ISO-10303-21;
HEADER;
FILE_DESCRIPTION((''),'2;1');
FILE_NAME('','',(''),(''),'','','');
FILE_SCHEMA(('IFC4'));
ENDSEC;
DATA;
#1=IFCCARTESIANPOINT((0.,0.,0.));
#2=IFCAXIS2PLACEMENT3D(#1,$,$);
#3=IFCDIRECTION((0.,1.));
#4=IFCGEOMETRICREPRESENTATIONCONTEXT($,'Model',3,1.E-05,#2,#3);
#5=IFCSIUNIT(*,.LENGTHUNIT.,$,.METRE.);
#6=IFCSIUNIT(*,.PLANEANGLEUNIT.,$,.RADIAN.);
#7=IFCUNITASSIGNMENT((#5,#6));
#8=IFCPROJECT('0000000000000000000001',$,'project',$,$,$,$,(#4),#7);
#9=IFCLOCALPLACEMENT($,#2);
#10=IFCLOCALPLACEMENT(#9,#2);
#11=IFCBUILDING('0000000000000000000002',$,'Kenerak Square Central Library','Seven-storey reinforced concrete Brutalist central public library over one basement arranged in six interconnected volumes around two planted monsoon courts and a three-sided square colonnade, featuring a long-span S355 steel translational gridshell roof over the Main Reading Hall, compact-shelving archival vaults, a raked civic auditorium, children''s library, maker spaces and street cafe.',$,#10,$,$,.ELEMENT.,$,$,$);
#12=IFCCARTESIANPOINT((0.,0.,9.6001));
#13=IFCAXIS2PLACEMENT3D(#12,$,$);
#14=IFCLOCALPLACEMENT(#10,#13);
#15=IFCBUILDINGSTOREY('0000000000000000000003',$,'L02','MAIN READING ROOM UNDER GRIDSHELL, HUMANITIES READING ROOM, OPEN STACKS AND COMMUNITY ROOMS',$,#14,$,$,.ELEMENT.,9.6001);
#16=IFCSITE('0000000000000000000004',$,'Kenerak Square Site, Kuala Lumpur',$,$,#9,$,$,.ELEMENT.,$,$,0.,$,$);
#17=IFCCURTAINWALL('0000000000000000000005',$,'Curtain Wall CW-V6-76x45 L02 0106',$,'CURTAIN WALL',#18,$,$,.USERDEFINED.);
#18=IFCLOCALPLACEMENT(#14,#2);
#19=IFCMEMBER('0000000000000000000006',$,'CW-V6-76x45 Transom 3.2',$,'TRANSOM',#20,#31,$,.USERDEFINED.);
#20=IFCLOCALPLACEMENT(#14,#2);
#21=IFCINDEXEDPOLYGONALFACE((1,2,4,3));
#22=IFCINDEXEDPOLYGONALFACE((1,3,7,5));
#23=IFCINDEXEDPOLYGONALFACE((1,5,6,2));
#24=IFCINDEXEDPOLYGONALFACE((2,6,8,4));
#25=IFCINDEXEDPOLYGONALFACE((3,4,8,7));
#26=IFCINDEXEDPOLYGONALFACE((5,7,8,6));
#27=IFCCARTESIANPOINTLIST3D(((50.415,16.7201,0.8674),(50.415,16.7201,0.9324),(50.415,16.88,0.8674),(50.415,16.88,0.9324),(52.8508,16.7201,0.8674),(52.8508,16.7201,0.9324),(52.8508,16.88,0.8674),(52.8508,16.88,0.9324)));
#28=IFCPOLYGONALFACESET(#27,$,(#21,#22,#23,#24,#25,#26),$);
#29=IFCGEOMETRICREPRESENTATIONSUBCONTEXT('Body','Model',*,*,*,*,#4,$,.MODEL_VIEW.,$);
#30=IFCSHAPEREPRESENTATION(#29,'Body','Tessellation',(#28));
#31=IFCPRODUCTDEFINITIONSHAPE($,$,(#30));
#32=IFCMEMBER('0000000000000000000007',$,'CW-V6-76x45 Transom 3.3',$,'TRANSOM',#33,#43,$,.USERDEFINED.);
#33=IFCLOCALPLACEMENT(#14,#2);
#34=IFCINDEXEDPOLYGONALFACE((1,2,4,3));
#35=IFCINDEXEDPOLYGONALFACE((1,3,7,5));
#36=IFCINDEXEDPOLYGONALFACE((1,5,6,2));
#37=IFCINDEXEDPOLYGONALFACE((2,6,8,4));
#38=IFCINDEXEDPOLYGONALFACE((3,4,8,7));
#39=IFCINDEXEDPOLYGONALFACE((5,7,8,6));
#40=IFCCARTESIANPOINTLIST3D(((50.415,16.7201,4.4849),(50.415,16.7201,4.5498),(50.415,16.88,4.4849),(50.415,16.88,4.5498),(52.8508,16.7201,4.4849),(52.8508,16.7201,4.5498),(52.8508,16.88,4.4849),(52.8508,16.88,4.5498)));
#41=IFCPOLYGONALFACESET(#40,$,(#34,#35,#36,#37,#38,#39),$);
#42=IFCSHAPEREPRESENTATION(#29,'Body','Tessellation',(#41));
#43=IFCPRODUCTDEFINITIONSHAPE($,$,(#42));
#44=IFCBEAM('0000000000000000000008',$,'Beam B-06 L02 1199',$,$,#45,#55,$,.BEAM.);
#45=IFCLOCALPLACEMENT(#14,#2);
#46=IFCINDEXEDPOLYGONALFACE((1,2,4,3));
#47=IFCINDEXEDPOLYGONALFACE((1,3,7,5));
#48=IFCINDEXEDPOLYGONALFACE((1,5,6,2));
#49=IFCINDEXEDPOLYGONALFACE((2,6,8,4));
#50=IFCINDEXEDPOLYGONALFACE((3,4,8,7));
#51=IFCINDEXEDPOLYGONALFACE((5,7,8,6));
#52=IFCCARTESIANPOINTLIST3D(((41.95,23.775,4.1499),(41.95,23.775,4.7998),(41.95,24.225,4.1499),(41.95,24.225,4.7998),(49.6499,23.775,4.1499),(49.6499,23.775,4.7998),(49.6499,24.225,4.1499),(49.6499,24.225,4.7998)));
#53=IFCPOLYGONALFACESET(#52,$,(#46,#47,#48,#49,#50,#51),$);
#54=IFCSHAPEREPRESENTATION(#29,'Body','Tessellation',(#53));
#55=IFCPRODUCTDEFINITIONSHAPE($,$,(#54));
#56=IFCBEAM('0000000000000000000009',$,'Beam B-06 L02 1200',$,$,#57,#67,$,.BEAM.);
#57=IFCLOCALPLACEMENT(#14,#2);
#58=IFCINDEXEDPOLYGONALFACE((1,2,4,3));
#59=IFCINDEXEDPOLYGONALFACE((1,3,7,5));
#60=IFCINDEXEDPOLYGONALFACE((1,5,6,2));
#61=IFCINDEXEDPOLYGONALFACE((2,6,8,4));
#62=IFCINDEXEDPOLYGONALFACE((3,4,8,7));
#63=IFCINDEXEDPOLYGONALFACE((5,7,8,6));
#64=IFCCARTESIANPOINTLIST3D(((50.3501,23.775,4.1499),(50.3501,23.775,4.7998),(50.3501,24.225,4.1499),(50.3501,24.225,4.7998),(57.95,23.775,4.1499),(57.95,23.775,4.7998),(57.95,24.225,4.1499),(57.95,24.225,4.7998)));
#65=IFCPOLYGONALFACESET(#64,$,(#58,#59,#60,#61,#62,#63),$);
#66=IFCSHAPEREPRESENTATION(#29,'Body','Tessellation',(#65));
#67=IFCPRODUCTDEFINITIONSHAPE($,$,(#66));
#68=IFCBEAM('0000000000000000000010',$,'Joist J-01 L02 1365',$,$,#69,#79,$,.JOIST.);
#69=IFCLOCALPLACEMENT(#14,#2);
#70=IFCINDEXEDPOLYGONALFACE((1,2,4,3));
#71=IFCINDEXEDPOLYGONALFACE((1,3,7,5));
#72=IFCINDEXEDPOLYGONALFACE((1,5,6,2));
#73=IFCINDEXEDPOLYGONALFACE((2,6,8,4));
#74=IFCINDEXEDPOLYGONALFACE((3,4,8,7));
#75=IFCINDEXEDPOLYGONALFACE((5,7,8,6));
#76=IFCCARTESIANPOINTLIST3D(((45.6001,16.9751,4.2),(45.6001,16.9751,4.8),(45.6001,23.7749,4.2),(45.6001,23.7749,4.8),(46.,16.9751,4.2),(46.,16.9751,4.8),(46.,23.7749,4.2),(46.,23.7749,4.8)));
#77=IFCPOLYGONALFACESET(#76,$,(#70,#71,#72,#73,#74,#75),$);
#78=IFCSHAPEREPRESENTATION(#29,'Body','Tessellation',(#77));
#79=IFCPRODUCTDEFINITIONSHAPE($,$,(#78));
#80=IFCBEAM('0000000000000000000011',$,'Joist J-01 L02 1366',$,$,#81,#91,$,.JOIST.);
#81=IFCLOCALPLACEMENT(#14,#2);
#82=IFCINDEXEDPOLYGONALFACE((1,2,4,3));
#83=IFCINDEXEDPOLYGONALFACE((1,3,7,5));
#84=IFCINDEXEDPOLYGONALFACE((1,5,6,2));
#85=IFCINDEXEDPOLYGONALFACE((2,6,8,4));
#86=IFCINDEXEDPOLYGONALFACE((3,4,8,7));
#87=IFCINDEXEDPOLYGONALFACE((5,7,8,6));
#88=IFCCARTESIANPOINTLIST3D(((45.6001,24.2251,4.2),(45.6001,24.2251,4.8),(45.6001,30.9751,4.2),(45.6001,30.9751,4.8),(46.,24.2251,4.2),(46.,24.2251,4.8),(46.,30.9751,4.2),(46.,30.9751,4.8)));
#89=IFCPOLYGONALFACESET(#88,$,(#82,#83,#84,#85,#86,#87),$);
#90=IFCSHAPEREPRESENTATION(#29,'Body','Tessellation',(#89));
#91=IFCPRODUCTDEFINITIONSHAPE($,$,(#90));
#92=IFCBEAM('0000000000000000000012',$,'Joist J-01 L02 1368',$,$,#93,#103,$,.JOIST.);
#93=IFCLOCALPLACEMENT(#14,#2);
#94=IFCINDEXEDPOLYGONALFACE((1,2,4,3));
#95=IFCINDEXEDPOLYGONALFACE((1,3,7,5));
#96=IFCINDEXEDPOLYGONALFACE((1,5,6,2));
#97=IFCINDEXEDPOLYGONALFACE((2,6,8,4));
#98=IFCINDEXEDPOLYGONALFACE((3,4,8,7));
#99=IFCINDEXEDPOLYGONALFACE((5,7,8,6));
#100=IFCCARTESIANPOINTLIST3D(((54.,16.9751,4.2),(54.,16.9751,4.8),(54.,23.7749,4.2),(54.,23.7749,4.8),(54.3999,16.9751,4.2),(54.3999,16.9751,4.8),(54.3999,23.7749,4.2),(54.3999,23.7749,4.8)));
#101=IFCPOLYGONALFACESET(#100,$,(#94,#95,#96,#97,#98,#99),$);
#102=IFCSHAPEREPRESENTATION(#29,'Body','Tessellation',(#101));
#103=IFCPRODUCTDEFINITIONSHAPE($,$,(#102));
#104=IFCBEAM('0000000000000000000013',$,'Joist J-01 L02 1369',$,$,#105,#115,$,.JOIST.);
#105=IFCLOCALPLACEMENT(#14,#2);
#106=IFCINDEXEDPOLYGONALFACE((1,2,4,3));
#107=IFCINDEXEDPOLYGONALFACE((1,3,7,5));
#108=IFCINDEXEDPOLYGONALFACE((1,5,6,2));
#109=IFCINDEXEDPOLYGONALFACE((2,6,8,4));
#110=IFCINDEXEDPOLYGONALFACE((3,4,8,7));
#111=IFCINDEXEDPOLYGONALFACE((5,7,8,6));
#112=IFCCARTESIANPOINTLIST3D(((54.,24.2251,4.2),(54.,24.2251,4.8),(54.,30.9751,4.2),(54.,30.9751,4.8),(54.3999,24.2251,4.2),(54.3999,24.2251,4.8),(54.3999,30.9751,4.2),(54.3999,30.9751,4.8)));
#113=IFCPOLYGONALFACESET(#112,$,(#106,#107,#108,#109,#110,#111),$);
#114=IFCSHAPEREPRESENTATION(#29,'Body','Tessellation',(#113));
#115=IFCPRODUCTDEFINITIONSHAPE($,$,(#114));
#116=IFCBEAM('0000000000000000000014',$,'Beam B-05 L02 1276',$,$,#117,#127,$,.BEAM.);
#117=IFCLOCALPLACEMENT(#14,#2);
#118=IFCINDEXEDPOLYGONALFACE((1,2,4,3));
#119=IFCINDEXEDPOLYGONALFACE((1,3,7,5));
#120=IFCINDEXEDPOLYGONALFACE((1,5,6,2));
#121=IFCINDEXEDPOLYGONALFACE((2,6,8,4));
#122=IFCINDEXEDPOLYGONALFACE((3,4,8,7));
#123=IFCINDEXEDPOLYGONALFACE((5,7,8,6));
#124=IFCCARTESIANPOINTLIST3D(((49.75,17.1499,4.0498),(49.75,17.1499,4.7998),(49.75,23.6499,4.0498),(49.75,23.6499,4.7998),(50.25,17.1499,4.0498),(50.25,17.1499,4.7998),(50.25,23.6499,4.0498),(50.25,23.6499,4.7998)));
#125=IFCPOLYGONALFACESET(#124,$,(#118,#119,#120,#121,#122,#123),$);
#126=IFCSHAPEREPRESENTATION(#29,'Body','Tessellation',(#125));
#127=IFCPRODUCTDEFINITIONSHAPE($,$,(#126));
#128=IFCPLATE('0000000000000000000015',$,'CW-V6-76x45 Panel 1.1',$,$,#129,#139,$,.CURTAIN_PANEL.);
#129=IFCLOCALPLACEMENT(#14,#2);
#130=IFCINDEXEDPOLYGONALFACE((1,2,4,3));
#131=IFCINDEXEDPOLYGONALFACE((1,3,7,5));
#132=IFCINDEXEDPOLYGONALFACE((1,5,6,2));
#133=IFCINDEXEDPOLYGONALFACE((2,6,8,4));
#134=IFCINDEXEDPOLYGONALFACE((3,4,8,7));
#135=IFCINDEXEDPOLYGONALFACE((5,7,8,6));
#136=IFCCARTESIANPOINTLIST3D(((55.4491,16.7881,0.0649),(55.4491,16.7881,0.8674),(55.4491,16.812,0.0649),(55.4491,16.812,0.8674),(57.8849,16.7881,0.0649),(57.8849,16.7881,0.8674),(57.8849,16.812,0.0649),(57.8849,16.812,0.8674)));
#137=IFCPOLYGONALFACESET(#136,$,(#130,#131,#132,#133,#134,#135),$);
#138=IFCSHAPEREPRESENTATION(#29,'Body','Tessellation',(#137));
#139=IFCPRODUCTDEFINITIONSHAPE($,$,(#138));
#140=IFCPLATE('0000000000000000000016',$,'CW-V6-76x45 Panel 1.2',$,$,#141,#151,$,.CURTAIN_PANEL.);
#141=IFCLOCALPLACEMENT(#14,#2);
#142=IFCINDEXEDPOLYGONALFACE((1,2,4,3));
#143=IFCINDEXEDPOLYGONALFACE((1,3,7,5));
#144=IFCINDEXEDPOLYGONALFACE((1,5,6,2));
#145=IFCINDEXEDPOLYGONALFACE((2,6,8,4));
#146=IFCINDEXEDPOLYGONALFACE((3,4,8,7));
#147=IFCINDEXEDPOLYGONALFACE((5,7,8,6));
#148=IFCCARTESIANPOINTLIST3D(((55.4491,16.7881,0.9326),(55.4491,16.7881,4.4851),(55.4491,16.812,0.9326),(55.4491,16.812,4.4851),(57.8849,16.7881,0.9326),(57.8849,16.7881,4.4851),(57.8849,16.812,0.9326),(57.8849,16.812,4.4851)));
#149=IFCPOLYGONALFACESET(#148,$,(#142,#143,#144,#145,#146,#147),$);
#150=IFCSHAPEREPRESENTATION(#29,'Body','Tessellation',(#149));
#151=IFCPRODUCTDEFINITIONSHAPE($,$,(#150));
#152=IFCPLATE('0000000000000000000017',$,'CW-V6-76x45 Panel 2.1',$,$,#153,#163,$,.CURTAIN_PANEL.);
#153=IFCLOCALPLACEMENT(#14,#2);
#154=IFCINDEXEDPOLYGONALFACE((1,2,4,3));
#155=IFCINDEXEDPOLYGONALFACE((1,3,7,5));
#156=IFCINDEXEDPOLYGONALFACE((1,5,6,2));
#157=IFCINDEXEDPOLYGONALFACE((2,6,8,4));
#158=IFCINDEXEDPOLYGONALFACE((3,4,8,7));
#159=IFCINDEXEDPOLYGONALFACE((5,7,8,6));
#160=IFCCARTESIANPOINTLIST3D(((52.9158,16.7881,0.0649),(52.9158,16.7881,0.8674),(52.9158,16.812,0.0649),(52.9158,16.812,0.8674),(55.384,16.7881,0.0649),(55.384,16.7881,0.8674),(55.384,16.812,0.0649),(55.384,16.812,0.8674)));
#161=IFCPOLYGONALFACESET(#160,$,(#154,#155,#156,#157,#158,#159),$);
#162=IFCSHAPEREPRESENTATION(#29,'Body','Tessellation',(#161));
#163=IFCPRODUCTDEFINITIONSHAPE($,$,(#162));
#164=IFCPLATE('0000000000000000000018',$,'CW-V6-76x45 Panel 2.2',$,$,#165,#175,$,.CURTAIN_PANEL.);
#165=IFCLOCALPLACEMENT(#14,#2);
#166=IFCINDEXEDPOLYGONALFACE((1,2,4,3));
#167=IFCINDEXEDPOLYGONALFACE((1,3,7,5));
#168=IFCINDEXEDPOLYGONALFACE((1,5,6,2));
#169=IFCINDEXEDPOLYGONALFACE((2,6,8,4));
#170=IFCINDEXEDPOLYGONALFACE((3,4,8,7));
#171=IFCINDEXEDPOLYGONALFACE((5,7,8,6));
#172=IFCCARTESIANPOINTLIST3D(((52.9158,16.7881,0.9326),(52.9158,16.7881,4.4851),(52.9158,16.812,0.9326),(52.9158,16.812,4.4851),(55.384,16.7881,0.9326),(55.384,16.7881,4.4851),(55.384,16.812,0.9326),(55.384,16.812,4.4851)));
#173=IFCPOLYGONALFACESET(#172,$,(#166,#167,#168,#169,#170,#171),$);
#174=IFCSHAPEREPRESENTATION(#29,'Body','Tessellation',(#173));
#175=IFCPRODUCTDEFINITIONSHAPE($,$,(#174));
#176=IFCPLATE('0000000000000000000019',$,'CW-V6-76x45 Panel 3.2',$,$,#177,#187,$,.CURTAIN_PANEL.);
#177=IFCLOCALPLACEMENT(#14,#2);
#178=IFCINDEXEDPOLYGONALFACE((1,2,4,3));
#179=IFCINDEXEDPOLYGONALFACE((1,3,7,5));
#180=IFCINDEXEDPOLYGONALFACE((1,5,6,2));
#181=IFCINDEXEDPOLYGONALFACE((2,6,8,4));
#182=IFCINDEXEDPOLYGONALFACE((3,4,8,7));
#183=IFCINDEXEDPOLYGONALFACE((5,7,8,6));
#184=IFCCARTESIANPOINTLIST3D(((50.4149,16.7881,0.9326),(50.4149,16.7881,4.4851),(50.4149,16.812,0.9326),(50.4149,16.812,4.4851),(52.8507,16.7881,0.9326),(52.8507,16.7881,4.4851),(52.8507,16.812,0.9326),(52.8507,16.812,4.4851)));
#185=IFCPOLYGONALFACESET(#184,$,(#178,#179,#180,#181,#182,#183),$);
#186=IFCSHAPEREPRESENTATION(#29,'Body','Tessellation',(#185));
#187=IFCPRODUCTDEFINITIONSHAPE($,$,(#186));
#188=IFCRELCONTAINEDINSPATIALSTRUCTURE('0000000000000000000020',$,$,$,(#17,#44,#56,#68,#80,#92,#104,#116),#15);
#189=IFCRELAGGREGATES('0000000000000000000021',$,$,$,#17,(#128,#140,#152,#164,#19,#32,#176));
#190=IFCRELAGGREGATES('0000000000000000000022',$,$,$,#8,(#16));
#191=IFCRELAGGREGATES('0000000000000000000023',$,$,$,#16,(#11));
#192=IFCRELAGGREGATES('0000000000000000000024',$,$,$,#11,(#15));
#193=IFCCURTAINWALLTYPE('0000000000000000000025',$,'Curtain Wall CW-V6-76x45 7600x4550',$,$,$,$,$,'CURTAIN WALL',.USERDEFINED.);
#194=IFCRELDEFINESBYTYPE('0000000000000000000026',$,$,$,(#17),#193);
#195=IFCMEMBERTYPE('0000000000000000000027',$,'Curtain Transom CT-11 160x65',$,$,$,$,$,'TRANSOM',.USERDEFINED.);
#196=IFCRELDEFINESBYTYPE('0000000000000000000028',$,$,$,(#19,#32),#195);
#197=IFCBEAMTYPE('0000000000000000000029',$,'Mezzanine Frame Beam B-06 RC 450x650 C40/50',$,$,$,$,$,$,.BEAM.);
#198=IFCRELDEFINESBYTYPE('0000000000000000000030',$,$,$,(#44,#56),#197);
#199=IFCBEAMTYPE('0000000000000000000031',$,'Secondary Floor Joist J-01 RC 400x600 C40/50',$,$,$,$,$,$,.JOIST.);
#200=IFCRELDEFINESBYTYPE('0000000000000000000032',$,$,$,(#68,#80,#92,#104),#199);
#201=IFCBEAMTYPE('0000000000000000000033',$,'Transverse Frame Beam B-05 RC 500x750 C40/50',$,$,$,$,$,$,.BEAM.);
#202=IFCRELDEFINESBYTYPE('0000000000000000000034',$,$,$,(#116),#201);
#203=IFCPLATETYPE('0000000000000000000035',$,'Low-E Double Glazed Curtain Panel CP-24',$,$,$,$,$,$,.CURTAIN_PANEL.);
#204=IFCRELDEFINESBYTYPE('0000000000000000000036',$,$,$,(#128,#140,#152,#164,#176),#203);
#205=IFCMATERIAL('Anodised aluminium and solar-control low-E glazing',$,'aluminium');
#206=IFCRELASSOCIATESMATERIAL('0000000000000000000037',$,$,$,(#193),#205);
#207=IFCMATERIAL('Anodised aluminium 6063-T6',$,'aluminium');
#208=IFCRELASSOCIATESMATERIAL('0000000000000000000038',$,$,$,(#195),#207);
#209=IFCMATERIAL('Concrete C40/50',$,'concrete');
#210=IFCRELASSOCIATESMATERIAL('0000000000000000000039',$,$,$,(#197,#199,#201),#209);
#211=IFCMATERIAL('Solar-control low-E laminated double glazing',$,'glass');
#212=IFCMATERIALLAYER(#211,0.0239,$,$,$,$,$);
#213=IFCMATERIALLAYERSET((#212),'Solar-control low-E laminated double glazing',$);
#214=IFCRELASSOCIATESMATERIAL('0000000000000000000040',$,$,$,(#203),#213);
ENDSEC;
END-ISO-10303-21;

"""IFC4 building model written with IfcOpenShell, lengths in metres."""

from ifc_helpers import new_model, si_unit, direction, frame, origin, origin_2d, place, context, subcontext, project, spatial, rectangle, extrude, material, layer, layer_set, material_profile, profile_set, type_object, element, aggregate, save


model = new_model("IFC4")

# Units and contexts
model_context = context("Model", 3, precision=1e-05, world=origin(), true_north=direction((0.0, 1.0)))
body_context = subcontext(model_context, "Body", "Model", "MODEL_VIEW")
ifc_project = project(units=[si_unit("LENGTHUNIT", "METRE"), si_unit("PLANEANGLEUNIT", "RADIAN")], contexts=[model_context])

# Site, building, storey
site_placement = place(None, origin())
site = spatial("IfcSite", under=ifc_project, at=site_placement, Name="Kenerak Square Site, Kuala Lumpur", CompositionType="ELEMENT", RefElevation=0.0)
building_placement = place(site_placement, origin())
building = spatial("IfcBuilding", under=site, at=building_placement, Name="Kenerak Square Central Library", Description="Seven-storey reinforced concrete Brutalist central public library over one basement arranged in six interconnected volumes around two planted monsoon courts and a three-sided square colonnade, featuring a long-span S355 steel translational gridshell roof over the Main Reading Hall, compact-shelving archival vaults, a raked civic auditorium, children's library, maker spaces and street cafe.", CompositionType="ELEMENT")
storey_placement = place(building_placement, frame((0.0, 0.0, 9.6001)))
storey = spatial("IfcBuildingStorey", under=building, at=storey_placement, Name="L02", Description="MAIN READING ROOM UNDER GRIDSHELL, HUMANITIES READING ROOM, OPEN STACKS AND COMMUNITY ROOMS", CompositionType="ELEMENT", Elevation=9.6001)

# Shared definitions
ifc_material_1 = material(Name="Concrete C40/50", Category="concrete")

# Curtain wall, members
ifc_material_2 = material(Name="Anodised aluminium and solar-control low-E glazing", Category="aluminium")
curtain_wall_type = type_object("IfcCurtainWallType", Name="Curtain Wall CW-V6-76x45 7600x4550", ElementType="CURTAIN WALL", PredefinedType="USERDEFINED", material=ifc_material_2)
curtain_wall_placement = place(storey_placement, origin())
curtain_wall = element("IfcCurtainWall", 1, at=curtain_wall_placement, inside=storey, type_object=curtain_wall_type, Name="Curtain Wall CW-V6-76x45 L02 0106", ObjectType="CURTAIN WALL", PredefinedType="USERDEFINED")
ifc_material_3 = material(Name="Anodised aluminium 6063-T6", Category="aluminium")
ifc_material_profile_1 = material_profile(ifc_material_3, rectangle(XDim=0.1599, YDim=0.0649, at=origin_2d()), Name="AL TRANSOM 160x65")
ifc_profile_set_1 = profile_set([ifc_material_profile_1], Name="Anodised aluminium 6063-T6")
member_type_1 = type_object("IfcMemberType", Name="Curtain Transom CT-11 160x65", ElementType="TRANSOM", PredefinedType="USERDEFINED", material=ifc_profile_set_1)
member_1_placement = place(storey_placement, frame((52.8508, 16.8, 0.8999), z_axis=(-1.0, 0.0, 0.0), x_axis=(0.0, -1.0, 0.0)))
member_1 = element("IfcMember", 2, at=member_1_placement, type_object=member_type_1, Name="CW-V6-76x45 Transom 3.2", ObjectType="TRANSOM", PredefinedType="USERDEFINED", context=body_context, shape_type="SweptSolid", body=[
    extrude(rectangle(XDim=0.1599, YDim=0.0649, at=origin_2d()), origin(), (0.0, 0.0, 1.0), 2.4358),
])
member_2_placement = place(storey_placement, frame((52.8508, 16.8, 4.5173), z_axis=(-1.0, 0.0, 0.0), x_axis=(0.0, -1.0, 0.0)))
member_2 = element("IfcMember", 3, at=member_2_placement, type_object=member_type_1, Name="CW-V6-76x45 Transom 3.3", ObjectType="TRANSOM", PredefinedType="USERDEFINED", context=body_context, shape_type="SweptSolid", body=[
    extrude(rectangle(XDim=0.1599, YDim=0.0649, at=origin_2d()), origin(), (0.0, 0.0, 1.0), 2.4358),
])

# Beams
ifc_material_profile_2 = material_profile(ifc_material_1, rectangle(XDim=0.45, YDim=0.6499, at=origin_2d()), Name="RC 450x650")
ifc_profile_set_2 = profile_set([ifc_material_profile_2], Name="Concrete C40/50")
beam_type_1 = type_object("IfcBeamType", Name="Mezzanine Frame Beam B-06 RC 450x650 C40/50", PredefinedType="BEAM", material=ifc_profile_set_2)
beam_1_placement = place(storey_placement, frame((41.95, 24.0, 4.4749), z_axis=(1.0, 0.0, 0.0), x_axis=(0.0, 1.0, 0.0)))
element("IfcBeam", 4, at=beam_1_placement, inside=storey, type_object=beam_type_1, Name="Beam B-06 L02 1199", PredefinedType="BEAM", context=body_context, shape_type="SweptSolid", body=[
    extrude(rectangle(XDim=0.45, YDim=0.6499, at=origin_2d()), origin(), (0.0, 0.0, 1.0), 7.7),
])
beam_2_placement = place(storey_placement, frame((50.3501, 24.0, 4.4749), z_axis=(1.0, 0.0, 0.0), x_axis=(0.0, 1.0, 0.0)))
element("IfcBeam", 5, at=beam_2_placement, inside=storey, type_object=beam_type_1, Name="Beam B-06 L02 1200", PredefinedType="BEAM", context=body_context, shape_type="SweptSolid", body=[
    extrude(rectangle(XDim=0.45, YDim=0.6499, at=origin_2d()), origin(), (0.0, 0.0, 1.0), 7.5999),
])
ifc_material_profile_3 = material_profile(ifc_material_1, rectangle(XDim=0.3999, YDim=0.6001, at=origin_2d()), Name="RC 400x600")
ifc_profile_set_3 = profile_set([ifc_material_profile_3], Name="Concrete C40/50")
beam_type_2 = type_object("IfcBeamType", Name="Secondary Floor Joist J-01 RC 400x600 C40/50", PredefinedType="JOIST", material=ifc_profile_set_3)
beam_3_placement = place(storey_placement, frame((45.8, 16.9751, 4.5), z_axis=(0.0, 1.0, 0.0), x_axis=(-1.0, 0.0, 0.0)))
element("IfcBeam", 6, at=beam_3_placement, inside=storey, type_object=beam_type_2, Name="Joist J-01 L02 1365", PredefinedType="JOIST", context=body_context, shape_type="SweptSolid", body=[
    extrude(rectangle(XDim=0.3999, YDim=0.6001, at=origin_2d()), origin(), (0.0, 0.0, 1.0), 6.7998),
])
beam_4_placement = place(storey_placement, frame((45.8, 24.2251, 4.5), z_axis=(0.0, 1.0, 0.0), x_axis=(-1.0, 0.0, 0.0)))
element("IfcBeam", 7, at=beam_4_placement, inside=storey, type_object=beam_type_2, Name="Joist J-01 L02 1366", PredefinedType="JOIST", context=body_context, shape_type="SweptSolid", body=[
    extrude(rectangle(XDim=0.3999, YDim=0.6001, at=origin_2d()), origin(), (0.0, 0.0, 1.0), 6.75),
])
beam_5_placement = place(storey_placement, frame((54.2, 16.9751, 4.5), z_axis=(0.0, 1.0, 0.0), x_axis=(-1.0, 0.0, 0.0)))
element("IfcBeam", 8, at=beam_5_placement, inside=storey, type_object=beam_type_2, Name="Joist J-01 L02 1368", PredefinedType="JOIST", context=body_context, shape_type="SweptSolid", body=[
    extrude(rectangle(XDim=0.3999, YDim=0.6001, at=origin_2d()), origin(), (0.0, 0.0, 1.0), 6.7998),
])
beam_6_placement = place(storey_placement, frame((54.2, 24.2251, 4.5), z_axis=(0.0, 1.0, 0.0), x_axis=(-1.0, 0.0, 0.0)))
element("IfcBeam", 9, at=beam_6_placement, inside=storey, type_object=beam_type_2, Name="Joist J-01 L02 1369", PredefinedType="JOIST", context=body_context, shape_type="SweptSolid", body=[
    extrude(rectangle(XDim=0.3999, YDim=0.6001, at=origin_2d()), origin(), (0.0, 0.0, 1.0), 6.75),
])
ifc_material_profile_4 = material_profile(ifc_material_1, rectangle(XDim=0.5, YDim=0.75, at=origin_2d()), Name="RC 500x750")
ifc_profile_set_4 = profile_set([ifc_material_profile_4], Name="Concrete C40/50")
beam_type_3 = type_object("IfcBeamType", Name="Transverse Frame Beam B-05 RC 500x750 C40/50", PredefinedType="BEAM", material=ifc_profile_set_4)
beam_7_placement = place(storey_placement, frame((50.0, 17.1499, 4.4248), z_axis=(0.0, 1.0, 0.0), x_axis=(-1.0, 0.0, 0.0)))
element("IfcBeam", 10, at=beam_7_placement, inside=storey, type_object=beam_type_3, Name="Beam B-05 L02 1276", PredefinedType="BEAM", context=body_context, shape_type="SweptSolid", body=[
    extrude(rectangle(XDim=0.5, YDim=0.75, at=origin_2d()), origin(), (0.0, 0.0, 1.0), 6.5),
])

# Plates
ifc_material_4 = material(Name="Solar-control low-E laminated double glazing", Category="glass")
ifc_layer = layer(ifc_material_4, 0.0239)
ifc_layer_set = layer_set([ifc_layer], Name="Solar-control low-E laminated double glazing")
plate_type = type_object("IfcPlateType", Name="Low-E Double Glazed Curtain Panel CP-24", PredefinedType="CURTAIN_PANEL", material=ifc_layer_set)
plate_1_placement = place(storey_placement, frame((56.667, 16.8, 0.0649), z_axis=(0.0, 0.0, 1.0), x_axis=(-1.0, 0.0, 0.0)))
plate_1 = element("IfcPlate", 11, at=plate_1_placement, type_object=plate_type, Name="CW-V6-76x45 Panel 1.1", PredefinedType="CURTAIN_PANEL", context=body_context, shape_type="SweptSolid", body=[
    extrude(rectangle(XDim=2.4358, YDim=0.0239, at=origin_2d()), origin(), (0.0, 0.0, 1.0), 0.8025),
])
plate_2_placement = place(storey_placement, frame((56.667, 16.8, 0.9326), z_axis=(0.0, 0.0, 1.0), x_axis=(-1.0, 0.0, 0.0)))
plate_2 = element("IfcPlate", 12, at=plate_2_placement, type_object=plate_type, Name="CW-V6-76x45 Panel 1.2", PredefinedType="CURTAIN_PANEL", context=body_context, shape_type="SweptSolid", body=[
    extrude(rectangle(XDim=2.4358, YDim=0.0239, at=origin_2d()), origin(), (0.0, 0.0, 1.0), 3.5525),
])
plate_3_placement = place(storey_placement, frame((54.1499, 16.8, 0.0649), z_axis=(0.0, 0.0, 1.0), x_axis=(-1.0, 0.0, 0.0)))
plate_3 = element("IfcPlate", 13, at=plate_3_placement, type_object=plate_type, Name="CW-V6-76x45 Panel 2.1", PredefinedType="CURTAIN_PANEL", context=body_context, shape_type="SweptSolid", body=[
    extrude(rectangle(XDim=2.4683, YDim=0.0239, at=origin_2d()), origin(), (0.0, 0.0, 1.0), 0.8025),
])
plate_4_placement = place(storey_placement, frame((54.1499, 16.8, 0.9326), z_axis=(0.0, 0.0, 1.0), x_axis=(-1.0, 0.0, 0.0)))
plate_4 = element("IfcPlate", 14, at=plate_4_placement, type_object=plate_type, Name="CW-V6-76x45 Panel 2.2", PredefinedType="CURTAIN_PANEL", context=body_context, shape_type="SweptSolid", body=[
    extrude(rectangle(XDim=2.4683, YDim=0.0239, at=origin_2d()), origin(), (0.0, 0.0, 1.0), 3.5525),
])
plate_5_placement = place(storey_placement, frame((51.6328, 16.8, 0.9326), z_axis=(0.0, 0.0, 1.0), x_axis=(-1.0, 0.0, 0.0)))
plate_5 = element("IfcPlate", 15, at=plate_5_placement, type_object=plate_type, Name="CW-V6-76x45 Panel 3.2", PredefinedType="CURTAIN_PANEL", context=body_context, shape_type="SweptSolid", body=[
    extrude(rectangle(XDim=2.4358, YDim=0.0239, at=origin_2d()), origin(), (0.0, 0.0, 1.0), 3.5525),
])
aggregate(curtain_wall, [plate_1, plate_2, plate_3, plate_4, member_1, member_2, plate_5])

save(model, "model.ifc")
